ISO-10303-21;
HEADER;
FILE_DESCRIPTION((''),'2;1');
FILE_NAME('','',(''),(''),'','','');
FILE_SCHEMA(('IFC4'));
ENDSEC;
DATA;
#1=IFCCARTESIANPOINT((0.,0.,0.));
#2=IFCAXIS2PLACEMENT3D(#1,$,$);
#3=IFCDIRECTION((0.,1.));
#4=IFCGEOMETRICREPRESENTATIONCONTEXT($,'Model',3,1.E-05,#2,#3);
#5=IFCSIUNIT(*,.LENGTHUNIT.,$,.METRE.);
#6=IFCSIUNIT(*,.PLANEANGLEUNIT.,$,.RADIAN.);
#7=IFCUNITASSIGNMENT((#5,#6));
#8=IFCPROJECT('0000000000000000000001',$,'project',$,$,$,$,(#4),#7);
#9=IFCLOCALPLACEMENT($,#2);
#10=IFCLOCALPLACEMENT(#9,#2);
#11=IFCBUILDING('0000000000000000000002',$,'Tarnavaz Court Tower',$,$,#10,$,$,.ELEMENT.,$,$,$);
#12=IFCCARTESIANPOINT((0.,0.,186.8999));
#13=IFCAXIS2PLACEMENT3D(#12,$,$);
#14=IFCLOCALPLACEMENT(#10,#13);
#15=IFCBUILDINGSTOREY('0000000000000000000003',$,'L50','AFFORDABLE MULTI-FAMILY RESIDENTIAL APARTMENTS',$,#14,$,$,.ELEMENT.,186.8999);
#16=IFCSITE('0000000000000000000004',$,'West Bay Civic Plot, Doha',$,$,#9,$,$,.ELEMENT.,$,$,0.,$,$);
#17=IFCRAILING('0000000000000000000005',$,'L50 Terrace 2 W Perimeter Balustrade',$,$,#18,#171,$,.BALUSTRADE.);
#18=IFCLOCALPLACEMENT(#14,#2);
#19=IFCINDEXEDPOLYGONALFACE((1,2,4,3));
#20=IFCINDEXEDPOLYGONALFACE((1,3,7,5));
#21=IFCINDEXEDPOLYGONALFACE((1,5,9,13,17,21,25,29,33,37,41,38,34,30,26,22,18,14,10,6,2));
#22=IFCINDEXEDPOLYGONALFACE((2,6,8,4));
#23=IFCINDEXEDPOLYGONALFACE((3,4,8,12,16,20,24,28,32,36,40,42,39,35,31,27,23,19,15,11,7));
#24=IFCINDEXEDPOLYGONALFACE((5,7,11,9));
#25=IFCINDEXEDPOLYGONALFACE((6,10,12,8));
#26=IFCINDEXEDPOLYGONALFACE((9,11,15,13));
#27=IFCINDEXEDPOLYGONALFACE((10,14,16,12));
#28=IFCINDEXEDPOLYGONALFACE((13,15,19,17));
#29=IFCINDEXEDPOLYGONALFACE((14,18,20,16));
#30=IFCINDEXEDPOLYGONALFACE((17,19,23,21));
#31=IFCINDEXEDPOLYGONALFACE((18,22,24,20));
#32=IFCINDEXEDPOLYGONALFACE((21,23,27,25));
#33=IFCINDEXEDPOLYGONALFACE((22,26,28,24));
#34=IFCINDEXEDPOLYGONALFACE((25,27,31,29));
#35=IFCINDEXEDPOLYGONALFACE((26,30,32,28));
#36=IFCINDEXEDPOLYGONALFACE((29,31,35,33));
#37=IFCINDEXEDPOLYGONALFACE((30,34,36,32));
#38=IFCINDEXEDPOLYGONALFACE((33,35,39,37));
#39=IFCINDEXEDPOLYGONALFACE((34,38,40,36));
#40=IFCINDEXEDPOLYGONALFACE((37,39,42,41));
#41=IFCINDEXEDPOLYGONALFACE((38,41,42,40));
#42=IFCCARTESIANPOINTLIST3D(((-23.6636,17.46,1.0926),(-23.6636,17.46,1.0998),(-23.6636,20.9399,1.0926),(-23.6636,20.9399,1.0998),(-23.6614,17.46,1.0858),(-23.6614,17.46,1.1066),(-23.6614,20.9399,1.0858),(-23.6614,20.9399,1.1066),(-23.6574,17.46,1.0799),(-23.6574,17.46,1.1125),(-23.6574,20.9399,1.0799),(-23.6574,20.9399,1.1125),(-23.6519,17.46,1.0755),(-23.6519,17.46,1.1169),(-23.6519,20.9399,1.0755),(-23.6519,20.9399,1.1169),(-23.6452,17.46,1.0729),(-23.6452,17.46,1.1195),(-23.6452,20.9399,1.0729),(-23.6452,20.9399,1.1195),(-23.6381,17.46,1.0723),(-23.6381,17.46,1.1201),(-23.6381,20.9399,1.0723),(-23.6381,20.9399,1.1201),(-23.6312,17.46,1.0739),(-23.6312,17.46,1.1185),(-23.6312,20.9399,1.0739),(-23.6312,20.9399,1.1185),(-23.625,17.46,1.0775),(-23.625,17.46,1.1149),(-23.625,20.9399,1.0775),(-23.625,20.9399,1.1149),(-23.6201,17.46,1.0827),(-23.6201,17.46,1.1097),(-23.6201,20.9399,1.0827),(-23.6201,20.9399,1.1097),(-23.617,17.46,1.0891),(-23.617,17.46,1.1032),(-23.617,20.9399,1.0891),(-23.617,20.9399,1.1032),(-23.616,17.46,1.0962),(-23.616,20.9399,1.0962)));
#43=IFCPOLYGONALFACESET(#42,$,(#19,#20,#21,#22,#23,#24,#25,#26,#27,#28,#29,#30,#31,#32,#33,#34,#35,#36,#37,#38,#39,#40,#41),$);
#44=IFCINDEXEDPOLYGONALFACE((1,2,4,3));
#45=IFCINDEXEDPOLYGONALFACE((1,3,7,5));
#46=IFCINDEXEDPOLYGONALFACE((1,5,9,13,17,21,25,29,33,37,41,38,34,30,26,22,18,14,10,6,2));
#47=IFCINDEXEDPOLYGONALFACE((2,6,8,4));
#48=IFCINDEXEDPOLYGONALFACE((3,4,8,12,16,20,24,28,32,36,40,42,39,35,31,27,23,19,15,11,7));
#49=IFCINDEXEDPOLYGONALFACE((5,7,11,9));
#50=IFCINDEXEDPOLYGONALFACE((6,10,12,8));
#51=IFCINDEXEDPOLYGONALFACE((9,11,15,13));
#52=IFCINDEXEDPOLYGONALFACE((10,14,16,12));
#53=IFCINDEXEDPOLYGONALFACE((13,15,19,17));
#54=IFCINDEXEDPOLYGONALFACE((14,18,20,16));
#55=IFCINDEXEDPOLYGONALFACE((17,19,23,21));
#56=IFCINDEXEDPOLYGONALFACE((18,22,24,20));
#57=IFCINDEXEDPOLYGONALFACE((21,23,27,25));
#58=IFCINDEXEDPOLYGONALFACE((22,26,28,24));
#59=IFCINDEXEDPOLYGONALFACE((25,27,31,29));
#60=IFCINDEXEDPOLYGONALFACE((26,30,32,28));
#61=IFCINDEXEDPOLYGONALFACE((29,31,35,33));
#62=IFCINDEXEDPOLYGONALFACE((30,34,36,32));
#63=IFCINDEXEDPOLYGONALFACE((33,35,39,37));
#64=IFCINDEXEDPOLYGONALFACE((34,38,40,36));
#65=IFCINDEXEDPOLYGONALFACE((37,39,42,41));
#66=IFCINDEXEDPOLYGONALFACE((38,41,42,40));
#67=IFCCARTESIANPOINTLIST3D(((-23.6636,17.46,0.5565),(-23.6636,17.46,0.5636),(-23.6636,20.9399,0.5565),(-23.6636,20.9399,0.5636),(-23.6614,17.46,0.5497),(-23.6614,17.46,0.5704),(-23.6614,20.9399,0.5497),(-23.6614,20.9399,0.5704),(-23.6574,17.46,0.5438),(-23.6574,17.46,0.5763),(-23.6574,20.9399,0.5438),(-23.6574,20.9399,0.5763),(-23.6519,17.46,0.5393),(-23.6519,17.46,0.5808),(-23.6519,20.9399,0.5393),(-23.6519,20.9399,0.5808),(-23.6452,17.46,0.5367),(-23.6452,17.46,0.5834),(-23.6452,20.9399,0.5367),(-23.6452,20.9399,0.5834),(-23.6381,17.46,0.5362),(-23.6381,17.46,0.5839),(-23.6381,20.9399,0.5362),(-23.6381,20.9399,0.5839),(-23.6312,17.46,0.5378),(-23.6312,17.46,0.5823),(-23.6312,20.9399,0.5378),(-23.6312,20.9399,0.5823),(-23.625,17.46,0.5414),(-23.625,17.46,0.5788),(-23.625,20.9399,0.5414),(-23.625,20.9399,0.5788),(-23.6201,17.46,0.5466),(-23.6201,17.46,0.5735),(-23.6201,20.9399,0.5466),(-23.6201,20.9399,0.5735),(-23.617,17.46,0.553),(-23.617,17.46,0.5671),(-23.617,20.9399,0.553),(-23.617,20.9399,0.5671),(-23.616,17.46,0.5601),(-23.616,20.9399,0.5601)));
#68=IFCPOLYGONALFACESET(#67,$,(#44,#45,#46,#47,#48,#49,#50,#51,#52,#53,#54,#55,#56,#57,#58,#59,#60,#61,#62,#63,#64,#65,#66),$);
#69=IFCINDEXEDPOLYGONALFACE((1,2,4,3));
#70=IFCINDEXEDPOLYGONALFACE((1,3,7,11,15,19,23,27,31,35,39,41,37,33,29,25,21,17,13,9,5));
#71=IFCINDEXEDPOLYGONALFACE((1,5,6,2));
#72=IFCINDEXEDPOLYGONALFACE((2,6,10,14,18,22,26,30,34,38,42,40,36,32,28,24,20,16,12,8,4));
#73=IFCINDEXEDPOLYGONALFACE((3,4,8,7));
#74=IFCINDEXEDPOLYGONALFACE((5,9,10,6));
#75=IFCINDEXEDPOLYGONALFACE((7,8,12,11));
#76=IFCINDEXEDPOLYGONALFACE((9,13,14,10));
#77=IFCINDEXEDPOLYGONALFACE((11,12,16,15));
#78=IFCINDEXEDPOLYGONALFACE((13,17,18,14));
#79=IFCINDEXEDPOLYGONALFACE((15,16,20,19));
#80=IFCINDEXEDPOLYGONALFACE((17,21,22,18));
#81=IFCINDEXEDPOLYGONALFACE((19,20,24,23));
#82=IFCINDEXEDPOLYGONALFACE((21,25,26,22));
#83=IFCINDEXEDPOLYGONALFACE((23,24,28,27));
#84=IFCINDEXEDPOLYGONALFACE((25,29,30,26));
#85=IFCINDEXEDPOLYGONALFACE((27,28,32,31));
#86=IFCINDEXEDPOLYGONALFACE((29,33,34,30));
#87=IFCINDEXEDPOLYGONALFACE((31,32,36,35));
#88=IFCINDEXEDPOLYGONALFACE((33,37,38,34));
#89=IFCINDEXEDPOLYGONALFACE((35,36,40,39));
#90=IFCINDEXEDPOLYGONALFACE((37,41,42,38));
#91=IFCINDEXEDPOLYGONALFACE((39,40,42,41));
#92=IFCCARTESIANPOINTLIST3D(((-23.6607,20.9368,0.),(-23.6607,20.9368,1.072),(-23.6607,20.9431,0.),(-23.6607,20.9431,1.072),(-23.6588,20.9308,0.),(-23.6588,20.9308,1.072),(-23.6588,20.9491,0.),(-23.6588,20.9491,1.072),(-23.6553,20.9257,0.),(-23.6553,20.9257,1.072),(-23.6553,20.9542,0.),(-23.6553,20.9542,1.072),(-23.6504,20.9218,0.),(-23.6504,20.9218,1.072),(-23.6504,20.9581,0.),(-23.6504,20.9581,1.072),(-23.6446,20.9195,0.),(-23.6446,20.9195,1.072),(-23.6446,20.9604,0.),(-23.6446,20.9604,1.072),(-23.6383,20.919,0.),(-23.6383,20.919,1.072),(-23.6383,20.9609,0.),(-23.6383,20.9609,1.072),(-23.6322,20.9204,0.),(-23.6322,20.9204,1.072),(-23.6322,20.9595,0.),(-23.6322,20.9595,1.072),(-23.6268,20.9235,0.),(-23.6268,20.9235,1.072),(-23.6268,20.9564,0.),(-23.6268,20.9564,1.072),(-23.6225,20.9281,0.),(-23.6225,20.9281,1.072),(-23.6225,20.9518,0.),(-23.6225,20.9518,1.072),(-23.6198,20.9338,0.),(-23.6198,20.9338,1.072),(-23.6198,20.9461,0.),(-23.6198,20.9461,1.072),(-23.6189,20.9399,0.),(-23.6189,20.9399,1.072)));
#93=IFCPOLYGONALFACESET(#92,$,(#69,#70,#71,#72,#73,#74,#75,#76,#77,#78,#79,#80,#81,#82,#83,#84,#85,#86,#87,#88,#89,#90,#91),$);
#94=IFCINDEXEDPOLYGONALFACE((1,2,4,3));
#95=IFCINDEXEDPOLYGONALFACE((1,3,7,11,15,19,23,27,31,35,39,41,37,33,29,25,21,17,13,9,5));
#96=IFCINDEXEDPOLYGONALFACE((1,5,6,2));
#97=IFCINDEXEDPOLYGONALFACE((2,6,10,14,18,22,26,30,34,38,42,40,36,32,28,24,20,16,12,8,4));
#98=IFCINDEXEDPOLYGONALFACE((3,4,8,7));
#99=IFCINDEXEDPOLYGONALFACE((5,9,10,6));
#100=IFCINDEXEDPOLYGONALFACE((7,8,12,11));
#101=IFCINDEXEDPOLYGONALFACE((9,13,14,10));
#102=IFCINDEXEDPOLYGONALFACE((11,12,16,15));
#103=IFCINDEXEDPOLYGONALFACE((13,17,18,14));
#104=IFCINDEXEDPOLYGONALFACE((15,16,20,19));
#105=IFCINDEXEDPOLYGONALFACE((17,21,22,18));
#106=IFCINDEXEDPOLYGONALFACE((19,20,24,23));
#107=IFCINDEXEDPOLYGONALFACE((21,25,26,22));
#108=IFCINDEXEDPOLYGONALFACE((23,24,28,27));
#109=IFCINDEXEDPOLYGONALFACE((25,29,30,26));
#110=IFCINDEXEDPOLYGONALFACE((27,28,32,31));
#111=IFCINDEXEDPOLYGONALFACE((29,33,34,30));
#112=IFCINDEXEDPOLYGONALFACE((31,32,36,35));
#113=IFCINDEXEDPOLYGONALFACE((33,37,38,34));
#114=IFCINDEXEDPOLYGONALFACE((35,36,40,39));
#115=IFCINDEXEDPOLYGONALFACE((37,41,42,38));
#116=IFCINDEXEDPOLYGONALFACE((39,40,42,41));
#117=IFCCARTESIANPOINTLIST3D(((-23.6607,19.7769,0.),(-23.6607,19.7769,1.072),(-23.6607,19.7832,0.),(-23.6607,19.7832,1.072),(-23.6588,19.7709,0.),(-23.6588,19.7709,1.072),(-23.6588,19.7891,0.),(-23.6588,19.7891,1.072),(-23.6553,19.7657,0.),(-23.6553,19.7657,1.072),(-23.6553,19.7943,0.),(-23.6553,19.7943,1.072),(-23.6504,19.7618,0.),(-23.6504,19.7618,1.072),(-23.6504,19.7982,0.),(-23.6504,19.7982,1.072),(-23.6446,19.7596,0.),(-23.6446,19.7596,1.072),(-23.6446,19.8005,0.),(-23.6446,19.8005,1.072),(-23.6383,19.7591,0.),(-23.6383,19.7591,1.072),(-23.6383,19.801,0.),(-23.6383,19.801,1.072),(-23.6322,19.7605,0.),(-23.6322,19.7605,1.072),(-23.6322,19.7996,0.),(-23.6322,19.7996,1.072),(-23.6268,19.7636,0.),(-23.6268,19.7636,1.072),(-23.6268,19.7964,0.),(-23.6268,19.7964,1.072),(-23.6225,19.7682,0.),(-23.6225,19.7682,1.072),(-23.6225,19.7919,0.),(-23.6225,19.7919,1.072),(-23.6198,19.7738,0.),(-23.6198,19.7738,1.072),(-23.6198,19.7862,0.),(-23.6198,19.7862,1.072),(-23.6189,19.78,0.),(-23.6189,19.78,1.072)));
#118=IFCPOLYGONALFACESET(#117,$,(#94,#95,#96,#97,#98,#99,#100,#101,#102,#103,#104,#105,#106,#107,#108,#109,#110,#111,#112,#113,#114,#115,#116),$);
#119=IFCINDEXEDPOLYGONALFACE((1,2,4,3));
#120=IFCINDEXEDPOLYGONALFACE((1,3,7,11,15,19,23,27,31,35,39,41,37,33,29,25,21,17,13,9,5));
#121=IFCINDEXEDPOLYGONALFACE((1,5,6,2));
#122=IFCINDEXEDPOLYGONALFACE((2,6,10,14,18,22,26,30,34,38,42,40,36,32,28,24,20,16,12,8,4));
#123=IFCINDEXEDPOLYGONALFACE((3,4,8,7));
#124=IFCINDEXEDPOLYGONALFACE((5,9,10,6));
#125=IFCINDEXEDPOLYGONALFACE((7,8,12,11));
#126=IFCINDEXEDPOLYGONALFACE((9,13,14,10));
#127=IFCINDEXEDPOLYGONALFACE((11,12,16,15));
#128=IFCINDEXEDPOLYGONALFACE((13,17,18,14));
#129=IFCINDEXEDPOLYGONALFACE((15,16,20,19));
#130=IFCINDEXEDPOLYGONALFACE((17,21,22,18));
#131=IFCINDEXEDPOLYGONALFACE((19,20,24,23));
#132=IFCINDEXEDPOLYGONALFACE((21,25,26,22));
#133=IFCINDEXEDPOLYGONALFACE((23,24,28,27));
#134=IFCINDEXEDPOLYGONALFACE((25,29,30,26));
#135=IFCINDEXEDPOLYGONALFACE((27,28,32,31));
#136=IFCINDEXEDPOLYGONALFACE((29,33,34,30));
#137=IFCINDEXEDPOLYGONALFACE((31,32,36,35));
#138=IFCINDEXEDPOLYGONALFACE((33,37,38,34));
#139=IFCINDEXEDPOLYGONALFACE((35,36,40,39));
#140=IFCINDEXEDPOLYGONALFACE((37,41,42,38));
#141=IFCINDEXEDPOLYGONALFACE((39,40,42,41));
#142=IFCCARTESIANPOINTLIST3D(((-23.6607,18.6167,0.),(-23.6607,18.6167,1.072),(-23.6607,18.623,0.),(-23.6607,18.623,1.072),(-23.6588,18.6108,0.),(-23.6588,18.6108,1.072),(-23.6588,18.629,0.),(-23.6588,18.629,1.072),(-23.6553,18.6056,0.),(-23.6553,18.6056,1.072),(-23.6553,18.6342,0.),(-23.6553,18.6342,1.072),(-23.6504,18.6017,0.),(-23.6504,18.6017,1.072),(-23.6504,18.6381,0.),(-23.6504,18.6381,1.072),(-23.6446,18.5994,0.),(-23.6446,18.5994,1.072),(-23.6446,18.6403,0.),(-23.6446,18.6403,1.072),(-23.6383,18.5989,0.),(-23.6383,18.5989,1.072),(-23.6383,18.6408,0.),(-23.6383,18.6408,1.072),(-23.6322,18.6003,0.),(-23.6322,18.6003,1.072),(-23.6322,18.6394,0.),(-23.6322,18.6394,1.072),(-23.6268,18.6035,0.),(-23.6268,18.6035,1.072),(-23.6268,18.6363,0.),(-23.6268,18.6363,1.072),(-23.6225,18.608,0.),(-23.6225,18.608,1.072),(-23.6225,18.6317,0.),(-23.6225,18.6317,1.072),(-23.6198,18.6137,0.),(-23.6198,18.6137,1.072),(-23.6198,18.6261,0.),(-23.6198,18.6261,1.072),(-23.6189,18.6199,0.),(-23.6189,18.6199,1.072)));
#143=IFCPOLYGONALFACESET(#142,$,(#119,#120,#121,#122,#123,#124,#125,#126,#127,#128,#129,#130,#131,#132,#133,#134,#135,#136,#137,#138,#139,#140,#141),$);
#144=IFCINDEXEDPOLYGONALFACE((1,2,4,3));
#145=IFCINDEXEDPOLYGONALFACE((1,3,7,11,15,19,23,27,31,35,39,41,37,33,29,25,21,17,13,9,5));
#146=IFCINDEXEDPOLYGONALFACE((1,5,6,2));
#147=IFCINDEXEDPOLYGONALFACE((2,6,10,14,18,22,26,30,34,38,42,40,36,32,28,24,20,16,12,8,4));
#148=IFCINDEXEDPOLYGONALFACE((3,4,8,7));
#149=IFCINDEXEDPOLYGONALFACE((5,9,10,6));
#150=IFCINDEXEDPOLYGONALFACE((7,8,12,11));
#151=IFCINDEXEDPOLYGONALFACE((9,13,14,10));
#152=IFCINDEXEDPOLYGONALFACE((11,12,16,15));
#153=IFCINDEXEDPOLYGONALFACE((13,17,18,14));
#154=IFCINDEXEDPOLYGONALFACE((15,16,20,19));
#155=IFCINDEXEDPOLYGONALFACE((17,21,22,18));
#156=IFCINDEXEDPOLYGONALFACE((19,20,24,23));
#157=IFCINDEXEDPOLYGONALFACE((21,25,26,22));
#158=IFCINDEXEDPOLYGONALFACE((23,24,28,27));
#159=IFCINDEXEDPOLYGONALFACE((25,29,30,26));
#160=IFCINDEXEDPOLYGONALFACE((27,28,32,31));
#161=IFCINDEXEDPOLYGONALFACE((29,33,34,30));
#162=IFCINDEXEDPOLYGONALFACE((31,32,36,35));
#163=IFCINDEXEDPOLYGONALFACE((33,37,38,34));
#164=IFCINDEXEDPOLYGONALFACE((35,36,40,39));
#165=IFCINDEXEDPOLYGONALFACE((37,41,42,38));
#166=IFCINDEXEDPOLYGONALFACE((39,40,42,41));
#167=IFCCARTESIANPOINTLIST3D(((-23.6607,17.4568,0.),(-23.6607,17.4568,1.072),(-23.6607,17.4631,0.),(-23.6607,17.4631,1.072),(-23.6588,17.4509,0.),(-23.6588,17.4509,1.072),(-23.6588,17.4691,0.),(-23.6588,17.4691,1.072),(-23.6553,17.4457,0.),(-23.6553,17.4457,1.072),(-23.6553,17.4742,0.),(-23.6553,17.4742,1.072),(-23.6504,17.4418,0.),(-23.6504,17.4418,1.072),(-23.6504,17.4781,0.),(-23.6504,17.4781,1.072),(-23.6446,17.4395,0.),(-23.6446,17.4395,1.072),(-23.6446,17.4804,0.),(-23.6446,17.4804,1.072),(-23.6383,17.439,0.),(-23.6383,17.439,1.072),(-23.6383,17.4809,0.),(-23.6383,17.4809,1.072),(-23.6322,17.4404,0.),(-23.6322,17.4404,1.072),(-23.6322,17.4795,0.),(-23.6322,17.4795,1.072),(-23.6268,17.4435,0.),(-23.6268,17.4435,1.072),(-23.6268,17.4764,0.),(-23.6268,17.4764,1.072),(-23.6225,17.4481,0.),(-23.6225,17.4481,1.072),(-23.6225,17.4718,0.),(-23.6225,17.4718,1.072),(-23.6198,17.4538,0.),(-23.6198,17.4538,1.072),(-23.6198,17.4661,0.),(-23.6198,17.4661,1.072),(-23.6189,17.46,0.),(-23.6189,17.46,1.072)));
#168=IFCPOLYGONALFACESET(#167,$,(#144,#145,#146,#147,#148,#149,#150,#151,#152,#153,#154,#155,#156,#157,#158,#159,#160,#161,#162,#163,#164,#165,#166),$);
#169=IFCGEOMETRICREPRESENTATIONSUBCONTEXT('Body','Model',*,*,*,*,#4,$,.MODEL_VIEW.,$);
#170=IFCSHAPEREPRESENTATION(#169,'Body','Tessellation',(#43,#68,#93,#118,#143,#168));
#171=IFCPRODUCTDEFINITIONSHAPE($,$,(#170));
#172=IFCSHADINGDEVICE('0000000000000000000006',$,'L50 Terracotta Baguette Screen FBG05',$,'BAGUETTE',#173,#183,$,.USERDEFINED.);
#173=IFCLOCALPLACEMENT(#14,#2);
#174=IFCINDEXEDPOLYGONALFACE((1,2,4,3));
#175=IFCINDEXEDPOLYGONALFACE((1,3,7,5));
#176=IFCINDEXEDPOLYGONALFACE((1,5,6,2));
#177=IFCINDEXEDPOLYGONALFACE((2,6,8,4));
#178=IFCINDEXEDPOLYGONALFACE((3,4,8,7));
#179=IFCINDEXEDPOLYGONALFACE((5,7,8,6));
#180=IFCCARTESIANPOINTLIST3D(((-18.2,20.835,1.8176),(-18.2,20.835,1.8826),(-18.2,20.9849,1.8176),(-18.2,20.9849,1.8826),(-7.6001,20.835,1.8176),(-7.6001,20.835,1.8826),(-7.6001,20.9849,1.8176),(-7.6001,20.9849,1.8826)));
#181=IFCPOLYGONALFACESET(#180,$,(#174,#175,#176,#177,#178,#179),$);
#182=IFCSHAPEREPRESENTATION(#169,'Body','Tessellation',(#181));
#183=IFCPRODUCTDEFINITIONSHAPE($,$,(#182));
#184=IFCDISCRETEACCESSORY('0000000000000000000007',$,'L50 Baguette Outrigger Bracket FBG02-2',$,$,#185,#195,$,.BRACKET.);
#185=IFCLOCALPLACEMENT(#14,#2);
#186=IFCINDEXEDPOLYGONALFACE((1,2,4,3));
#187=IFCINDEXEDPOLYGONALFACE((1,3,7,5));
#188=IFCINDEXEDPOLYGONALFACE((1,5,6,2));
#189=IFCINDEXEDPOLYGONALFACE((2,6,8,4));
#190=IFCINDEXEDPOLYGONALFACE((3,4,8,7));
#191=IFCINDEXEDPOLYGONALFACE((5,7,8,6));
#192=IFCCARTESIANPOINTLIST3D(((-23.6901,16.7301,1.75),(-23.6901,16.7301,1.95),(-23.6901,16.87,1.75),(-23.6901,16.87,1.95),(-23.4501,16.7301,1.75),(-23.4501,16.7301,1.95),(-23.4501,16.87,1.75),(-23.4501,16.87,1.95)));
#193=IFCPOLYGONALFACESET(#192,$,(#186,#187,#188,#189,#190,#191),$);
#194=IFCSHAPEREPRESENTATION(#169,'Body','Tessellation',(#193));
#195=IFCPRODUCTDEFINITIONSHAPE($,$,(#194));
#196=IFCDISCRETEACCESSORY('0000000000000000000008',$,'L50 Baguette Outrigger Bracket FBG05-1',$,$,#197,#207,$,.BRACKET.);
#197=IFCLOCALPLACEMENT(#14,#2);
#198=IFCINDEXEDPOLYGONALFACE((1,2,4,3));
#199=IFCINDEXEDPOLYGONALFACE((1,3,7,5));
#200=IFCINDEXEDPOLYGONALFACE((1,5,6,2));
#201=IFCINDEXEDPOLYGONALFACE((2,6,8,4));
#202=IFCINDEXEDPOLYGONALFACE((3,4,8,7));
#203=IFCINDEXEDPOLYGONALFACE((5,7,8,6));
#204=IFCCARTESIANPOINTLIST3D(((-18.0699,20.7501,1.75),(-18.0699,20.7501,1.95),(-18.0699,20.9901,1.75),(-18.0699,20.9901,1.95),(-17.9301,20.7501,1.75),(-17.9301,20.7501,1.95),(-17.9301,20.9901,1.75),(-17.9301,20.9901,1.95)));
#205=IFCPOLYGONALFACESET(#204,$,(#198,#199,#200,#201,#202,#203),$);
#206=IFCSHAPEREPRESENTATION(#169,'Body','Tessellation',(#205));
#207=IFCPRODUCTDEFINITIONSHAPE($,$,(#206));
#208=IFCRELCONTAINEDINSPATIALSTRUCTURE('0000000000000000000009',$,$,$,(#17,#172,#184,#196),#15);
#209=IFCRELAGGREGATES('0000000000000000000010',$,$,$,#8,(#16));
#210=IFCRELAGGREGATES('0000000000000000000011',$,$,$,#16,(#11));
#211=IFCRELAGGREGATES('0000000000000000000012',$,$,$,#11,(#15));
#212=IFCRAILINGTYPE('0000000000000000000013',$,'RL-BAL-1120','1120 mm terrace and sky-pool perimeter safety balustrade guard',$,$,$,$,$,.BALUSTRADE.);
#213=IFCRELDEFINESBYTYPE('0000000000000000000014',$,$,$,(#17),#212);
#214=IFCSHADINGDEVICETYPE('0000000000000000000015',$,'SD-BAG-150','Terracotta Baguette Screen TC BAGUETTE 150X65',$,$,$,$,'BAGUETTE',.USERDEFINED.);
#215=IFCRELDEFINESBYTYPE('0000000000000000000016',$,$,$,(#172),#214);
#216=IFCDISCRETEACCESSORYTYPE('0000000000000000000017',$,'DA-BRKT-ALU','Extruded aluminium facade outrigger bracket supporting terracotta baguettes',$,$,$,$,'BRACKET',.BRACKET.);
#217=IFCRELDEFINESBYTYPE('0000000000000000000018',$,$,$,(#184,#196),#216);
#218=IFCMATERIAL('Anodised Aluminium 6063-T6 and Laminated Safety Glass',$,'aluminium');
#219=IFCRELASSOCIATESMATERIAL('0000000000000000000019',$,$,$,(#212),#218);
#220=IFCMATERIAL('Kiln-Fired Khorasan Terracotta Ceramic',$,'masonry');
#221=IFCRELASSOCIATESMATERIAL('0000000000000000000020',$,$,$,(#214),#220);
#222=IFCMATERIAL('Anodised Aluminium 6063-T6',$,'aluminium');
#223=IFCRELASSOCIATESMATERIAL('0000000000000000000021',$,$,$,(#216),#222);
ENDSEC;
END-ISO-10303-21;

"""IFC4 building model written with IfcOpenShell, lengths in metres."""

from ifc_helpers import new_model, si_unit, direction, frame, origin, origin_2d, place, context, subcontext, project, spatial, rectangle, circle, extrude, material, material_profile, profile_set, type_object, element, save


model = new_model("IFC4")

# Units and contexts
model_context = context("Model", 3, precision=1e-05, world=origin(), true_north=direction((0.0, 1.0)))
body_context = subcontext(model_context, "Body", "Model", "MODEL_VIEW")
ifc_project = project(units=[si_unit("LENGTHUNIT", "METRE"), si_unit("PLANEANGLEUNIT", "RADIAN")], contexts=[model_context])

# Site, building, storey
site_placement = place(None, origin())
site = spatial("IfcSite", under=ifc_project, at=site_placement, Name="West Bay Civic Plot, Doha", CompositionType="ELEMENT", RefElevation=0.0)
building_placement = place(site_placement, origin())
building = spatial("IfcBuilding", under=site, at=building_placement, Name="Tarnavaz Court Tower", CompositionType="ELEMENT")
storey_placement = place(building_placement, frame((0.0, 0.0, 186.8999)))
storey = spatial("IfcBuildingStorey", under=building, at=storey_placement, Name="L50", Description="AFFORDABLE MULTI-FAMILY RESIDENTIAL APARTMENTS", CompositionType="ELEMENT", Elevation=186.8999)

# Railing
ifc_material_1 = material(Name="Anodised Aluminium 6063-T6 and Laminated Safety Glass", Category="aluminium")
railing_type = type_object("IfcRailingType", Name="RL-BAL-1120", Description="1120 mm terrace and sky-pool perimeter safety balustrade guard", PredefinedType="BALUSTRADE", material=ifc_material_1)
railing_1_placement = place(storey_placement, frame((-23.6399, 20.9399, 0.0)))
element("IfcRailing", 1, at=railing_1_placement, inside=storey, type_object=railing_type, Name="L50 Terrace 2 W Perimeter Balustrade", PredefinedType="BALUSTRADE", context=body_context, shape_type="SweptSolid", body=[
    extrude(circle(Radius=0.0239, at=origin_2d()), frame((0.0, 0.0, 1.0962), z_axis=(0.0, -1.0, 0.0), x_axis=(1.0, 0.0, 0.0)), (0.0, 0.0, 1.0), 3.48),
    extrude(circle(Radius=0.0239, at=origin_2d()), frame((0.0, 0.0, 0.5601), z_axis=(0.0, -1.0, 0.0), x_axis=(1.0, 0.0, 0.0)), (0.0, 0.0, 1.0), 3.48),
    extrude(circle(Radius=0.021, at=origin_2d()), origin(), (0.0, 0.0, 1.0), 1.072),
    extrude(circle(Radius=0.021, at=origin_2d()), frame((0.0, -1.1599, 0.0)), (0.0, 0.0, 1.0), 1.072),
    extrude(circle(Radius=0.021, at=origin_2d()), frame((0.0, -2.3201, 0.0)), (0.0, 0.0, 1.0), 1.072),
    extrude(circle(Radius=0.021, at=origin_2d()), frame((0.0, -3.48, 0.0)), (0.0, 0.0, 1.0), 1.072),
])

# Shading device
ifc_material_2 = material(Name="Kiln-Fired Khorasan Terracotta Ceramic", Category="masonry")
ifc_material_profile_1 = material_profile(ifc_material_2, rectangle(XDim=0.1499, YDim=0.0649, at=origin_2d()), Name="TC BAGUETTE 150X65")
ifc_profile_set_1 = profile_set([ifc_material_profile_1], Name="Kiln-Fired Khorasan Terracotta Ceramic")
shading_device_type = type_object("IfcShadingDeviceType", Name="SD-BAG-150", Description="Terracotta Baguette Screen TC BAGUETTE 150X65", ElementType="BAGUETTE", PredefinedType="USERDEFINED", material=ifc_profile_set_1)
shading_device_placement = place(storey_placement, frame((-18.2, 20.9099, 1.8501), z_axis=(1.0, 0.0, 0.0), x_axis=(0.0, 1.0, 0.0)))
element("IfcShadingDevice", 2, at=shading_device_placement, inside=storey, type_object=shading_device_type, Name="L50 Terracotta Baguette Screen FBG05", ObjectType="BAGUETTE", PredefinedType="USERDEFINED", context=body_context, shape_type="SweptSolid", body=[
    extrude(rectangle(XDim=0.1499, YDim=0.0649, at=origin_2d()), origin(), (0.0, 0.0, 1.0), 10.5999),
])

# Discrete accessories
ifc_material_3 = material(Name="Anodised Aluminium 6063-T6", Category="aluminium")
discrete_accessory_type_1 = type_object("IfcDiscreteAccessoryType", Name="DA-BRKT-ALU", Description="Extruded aluminium facade outrigger bracket supporting terracotta baguettes", ElementType="BRACKET", PredefinedType="BRACKET", material=ifc_material_3)
for number, where, z_axis, x_axis, name in (
    (3, (-23.5701, 16.8, 1.75), (0.0, 0.0, 1.0), (0.0, 1.0, 0.0), "L50 Baguette Outrigger Bracket FBG02-2"),
    (4, (-18.0, 20.8701, 1.75), (0.0, 0.0, 1.0), (1.0, 0.0, 0.0), "L50 Baguette Outrigger Bracket FBG05-1"),
):
    element("IfcDiscreteAccessory", number, at=place(storey_placement, frame(where, z_axis=z_axis, x_axis=x_axis)), inside=storey, type_object=discrete_accessory_type_1, Name=name, PredefinedType="BRACKET", context=body_context, shape_type="SweptSolid", body=[
        extrude(rectangle(XDim=0.1399, YDim=0.24, at=origin_2d()), origin(), (0.0, 0.0, 1.0), 0.2),
    ])

save(model, "model.ifc")
